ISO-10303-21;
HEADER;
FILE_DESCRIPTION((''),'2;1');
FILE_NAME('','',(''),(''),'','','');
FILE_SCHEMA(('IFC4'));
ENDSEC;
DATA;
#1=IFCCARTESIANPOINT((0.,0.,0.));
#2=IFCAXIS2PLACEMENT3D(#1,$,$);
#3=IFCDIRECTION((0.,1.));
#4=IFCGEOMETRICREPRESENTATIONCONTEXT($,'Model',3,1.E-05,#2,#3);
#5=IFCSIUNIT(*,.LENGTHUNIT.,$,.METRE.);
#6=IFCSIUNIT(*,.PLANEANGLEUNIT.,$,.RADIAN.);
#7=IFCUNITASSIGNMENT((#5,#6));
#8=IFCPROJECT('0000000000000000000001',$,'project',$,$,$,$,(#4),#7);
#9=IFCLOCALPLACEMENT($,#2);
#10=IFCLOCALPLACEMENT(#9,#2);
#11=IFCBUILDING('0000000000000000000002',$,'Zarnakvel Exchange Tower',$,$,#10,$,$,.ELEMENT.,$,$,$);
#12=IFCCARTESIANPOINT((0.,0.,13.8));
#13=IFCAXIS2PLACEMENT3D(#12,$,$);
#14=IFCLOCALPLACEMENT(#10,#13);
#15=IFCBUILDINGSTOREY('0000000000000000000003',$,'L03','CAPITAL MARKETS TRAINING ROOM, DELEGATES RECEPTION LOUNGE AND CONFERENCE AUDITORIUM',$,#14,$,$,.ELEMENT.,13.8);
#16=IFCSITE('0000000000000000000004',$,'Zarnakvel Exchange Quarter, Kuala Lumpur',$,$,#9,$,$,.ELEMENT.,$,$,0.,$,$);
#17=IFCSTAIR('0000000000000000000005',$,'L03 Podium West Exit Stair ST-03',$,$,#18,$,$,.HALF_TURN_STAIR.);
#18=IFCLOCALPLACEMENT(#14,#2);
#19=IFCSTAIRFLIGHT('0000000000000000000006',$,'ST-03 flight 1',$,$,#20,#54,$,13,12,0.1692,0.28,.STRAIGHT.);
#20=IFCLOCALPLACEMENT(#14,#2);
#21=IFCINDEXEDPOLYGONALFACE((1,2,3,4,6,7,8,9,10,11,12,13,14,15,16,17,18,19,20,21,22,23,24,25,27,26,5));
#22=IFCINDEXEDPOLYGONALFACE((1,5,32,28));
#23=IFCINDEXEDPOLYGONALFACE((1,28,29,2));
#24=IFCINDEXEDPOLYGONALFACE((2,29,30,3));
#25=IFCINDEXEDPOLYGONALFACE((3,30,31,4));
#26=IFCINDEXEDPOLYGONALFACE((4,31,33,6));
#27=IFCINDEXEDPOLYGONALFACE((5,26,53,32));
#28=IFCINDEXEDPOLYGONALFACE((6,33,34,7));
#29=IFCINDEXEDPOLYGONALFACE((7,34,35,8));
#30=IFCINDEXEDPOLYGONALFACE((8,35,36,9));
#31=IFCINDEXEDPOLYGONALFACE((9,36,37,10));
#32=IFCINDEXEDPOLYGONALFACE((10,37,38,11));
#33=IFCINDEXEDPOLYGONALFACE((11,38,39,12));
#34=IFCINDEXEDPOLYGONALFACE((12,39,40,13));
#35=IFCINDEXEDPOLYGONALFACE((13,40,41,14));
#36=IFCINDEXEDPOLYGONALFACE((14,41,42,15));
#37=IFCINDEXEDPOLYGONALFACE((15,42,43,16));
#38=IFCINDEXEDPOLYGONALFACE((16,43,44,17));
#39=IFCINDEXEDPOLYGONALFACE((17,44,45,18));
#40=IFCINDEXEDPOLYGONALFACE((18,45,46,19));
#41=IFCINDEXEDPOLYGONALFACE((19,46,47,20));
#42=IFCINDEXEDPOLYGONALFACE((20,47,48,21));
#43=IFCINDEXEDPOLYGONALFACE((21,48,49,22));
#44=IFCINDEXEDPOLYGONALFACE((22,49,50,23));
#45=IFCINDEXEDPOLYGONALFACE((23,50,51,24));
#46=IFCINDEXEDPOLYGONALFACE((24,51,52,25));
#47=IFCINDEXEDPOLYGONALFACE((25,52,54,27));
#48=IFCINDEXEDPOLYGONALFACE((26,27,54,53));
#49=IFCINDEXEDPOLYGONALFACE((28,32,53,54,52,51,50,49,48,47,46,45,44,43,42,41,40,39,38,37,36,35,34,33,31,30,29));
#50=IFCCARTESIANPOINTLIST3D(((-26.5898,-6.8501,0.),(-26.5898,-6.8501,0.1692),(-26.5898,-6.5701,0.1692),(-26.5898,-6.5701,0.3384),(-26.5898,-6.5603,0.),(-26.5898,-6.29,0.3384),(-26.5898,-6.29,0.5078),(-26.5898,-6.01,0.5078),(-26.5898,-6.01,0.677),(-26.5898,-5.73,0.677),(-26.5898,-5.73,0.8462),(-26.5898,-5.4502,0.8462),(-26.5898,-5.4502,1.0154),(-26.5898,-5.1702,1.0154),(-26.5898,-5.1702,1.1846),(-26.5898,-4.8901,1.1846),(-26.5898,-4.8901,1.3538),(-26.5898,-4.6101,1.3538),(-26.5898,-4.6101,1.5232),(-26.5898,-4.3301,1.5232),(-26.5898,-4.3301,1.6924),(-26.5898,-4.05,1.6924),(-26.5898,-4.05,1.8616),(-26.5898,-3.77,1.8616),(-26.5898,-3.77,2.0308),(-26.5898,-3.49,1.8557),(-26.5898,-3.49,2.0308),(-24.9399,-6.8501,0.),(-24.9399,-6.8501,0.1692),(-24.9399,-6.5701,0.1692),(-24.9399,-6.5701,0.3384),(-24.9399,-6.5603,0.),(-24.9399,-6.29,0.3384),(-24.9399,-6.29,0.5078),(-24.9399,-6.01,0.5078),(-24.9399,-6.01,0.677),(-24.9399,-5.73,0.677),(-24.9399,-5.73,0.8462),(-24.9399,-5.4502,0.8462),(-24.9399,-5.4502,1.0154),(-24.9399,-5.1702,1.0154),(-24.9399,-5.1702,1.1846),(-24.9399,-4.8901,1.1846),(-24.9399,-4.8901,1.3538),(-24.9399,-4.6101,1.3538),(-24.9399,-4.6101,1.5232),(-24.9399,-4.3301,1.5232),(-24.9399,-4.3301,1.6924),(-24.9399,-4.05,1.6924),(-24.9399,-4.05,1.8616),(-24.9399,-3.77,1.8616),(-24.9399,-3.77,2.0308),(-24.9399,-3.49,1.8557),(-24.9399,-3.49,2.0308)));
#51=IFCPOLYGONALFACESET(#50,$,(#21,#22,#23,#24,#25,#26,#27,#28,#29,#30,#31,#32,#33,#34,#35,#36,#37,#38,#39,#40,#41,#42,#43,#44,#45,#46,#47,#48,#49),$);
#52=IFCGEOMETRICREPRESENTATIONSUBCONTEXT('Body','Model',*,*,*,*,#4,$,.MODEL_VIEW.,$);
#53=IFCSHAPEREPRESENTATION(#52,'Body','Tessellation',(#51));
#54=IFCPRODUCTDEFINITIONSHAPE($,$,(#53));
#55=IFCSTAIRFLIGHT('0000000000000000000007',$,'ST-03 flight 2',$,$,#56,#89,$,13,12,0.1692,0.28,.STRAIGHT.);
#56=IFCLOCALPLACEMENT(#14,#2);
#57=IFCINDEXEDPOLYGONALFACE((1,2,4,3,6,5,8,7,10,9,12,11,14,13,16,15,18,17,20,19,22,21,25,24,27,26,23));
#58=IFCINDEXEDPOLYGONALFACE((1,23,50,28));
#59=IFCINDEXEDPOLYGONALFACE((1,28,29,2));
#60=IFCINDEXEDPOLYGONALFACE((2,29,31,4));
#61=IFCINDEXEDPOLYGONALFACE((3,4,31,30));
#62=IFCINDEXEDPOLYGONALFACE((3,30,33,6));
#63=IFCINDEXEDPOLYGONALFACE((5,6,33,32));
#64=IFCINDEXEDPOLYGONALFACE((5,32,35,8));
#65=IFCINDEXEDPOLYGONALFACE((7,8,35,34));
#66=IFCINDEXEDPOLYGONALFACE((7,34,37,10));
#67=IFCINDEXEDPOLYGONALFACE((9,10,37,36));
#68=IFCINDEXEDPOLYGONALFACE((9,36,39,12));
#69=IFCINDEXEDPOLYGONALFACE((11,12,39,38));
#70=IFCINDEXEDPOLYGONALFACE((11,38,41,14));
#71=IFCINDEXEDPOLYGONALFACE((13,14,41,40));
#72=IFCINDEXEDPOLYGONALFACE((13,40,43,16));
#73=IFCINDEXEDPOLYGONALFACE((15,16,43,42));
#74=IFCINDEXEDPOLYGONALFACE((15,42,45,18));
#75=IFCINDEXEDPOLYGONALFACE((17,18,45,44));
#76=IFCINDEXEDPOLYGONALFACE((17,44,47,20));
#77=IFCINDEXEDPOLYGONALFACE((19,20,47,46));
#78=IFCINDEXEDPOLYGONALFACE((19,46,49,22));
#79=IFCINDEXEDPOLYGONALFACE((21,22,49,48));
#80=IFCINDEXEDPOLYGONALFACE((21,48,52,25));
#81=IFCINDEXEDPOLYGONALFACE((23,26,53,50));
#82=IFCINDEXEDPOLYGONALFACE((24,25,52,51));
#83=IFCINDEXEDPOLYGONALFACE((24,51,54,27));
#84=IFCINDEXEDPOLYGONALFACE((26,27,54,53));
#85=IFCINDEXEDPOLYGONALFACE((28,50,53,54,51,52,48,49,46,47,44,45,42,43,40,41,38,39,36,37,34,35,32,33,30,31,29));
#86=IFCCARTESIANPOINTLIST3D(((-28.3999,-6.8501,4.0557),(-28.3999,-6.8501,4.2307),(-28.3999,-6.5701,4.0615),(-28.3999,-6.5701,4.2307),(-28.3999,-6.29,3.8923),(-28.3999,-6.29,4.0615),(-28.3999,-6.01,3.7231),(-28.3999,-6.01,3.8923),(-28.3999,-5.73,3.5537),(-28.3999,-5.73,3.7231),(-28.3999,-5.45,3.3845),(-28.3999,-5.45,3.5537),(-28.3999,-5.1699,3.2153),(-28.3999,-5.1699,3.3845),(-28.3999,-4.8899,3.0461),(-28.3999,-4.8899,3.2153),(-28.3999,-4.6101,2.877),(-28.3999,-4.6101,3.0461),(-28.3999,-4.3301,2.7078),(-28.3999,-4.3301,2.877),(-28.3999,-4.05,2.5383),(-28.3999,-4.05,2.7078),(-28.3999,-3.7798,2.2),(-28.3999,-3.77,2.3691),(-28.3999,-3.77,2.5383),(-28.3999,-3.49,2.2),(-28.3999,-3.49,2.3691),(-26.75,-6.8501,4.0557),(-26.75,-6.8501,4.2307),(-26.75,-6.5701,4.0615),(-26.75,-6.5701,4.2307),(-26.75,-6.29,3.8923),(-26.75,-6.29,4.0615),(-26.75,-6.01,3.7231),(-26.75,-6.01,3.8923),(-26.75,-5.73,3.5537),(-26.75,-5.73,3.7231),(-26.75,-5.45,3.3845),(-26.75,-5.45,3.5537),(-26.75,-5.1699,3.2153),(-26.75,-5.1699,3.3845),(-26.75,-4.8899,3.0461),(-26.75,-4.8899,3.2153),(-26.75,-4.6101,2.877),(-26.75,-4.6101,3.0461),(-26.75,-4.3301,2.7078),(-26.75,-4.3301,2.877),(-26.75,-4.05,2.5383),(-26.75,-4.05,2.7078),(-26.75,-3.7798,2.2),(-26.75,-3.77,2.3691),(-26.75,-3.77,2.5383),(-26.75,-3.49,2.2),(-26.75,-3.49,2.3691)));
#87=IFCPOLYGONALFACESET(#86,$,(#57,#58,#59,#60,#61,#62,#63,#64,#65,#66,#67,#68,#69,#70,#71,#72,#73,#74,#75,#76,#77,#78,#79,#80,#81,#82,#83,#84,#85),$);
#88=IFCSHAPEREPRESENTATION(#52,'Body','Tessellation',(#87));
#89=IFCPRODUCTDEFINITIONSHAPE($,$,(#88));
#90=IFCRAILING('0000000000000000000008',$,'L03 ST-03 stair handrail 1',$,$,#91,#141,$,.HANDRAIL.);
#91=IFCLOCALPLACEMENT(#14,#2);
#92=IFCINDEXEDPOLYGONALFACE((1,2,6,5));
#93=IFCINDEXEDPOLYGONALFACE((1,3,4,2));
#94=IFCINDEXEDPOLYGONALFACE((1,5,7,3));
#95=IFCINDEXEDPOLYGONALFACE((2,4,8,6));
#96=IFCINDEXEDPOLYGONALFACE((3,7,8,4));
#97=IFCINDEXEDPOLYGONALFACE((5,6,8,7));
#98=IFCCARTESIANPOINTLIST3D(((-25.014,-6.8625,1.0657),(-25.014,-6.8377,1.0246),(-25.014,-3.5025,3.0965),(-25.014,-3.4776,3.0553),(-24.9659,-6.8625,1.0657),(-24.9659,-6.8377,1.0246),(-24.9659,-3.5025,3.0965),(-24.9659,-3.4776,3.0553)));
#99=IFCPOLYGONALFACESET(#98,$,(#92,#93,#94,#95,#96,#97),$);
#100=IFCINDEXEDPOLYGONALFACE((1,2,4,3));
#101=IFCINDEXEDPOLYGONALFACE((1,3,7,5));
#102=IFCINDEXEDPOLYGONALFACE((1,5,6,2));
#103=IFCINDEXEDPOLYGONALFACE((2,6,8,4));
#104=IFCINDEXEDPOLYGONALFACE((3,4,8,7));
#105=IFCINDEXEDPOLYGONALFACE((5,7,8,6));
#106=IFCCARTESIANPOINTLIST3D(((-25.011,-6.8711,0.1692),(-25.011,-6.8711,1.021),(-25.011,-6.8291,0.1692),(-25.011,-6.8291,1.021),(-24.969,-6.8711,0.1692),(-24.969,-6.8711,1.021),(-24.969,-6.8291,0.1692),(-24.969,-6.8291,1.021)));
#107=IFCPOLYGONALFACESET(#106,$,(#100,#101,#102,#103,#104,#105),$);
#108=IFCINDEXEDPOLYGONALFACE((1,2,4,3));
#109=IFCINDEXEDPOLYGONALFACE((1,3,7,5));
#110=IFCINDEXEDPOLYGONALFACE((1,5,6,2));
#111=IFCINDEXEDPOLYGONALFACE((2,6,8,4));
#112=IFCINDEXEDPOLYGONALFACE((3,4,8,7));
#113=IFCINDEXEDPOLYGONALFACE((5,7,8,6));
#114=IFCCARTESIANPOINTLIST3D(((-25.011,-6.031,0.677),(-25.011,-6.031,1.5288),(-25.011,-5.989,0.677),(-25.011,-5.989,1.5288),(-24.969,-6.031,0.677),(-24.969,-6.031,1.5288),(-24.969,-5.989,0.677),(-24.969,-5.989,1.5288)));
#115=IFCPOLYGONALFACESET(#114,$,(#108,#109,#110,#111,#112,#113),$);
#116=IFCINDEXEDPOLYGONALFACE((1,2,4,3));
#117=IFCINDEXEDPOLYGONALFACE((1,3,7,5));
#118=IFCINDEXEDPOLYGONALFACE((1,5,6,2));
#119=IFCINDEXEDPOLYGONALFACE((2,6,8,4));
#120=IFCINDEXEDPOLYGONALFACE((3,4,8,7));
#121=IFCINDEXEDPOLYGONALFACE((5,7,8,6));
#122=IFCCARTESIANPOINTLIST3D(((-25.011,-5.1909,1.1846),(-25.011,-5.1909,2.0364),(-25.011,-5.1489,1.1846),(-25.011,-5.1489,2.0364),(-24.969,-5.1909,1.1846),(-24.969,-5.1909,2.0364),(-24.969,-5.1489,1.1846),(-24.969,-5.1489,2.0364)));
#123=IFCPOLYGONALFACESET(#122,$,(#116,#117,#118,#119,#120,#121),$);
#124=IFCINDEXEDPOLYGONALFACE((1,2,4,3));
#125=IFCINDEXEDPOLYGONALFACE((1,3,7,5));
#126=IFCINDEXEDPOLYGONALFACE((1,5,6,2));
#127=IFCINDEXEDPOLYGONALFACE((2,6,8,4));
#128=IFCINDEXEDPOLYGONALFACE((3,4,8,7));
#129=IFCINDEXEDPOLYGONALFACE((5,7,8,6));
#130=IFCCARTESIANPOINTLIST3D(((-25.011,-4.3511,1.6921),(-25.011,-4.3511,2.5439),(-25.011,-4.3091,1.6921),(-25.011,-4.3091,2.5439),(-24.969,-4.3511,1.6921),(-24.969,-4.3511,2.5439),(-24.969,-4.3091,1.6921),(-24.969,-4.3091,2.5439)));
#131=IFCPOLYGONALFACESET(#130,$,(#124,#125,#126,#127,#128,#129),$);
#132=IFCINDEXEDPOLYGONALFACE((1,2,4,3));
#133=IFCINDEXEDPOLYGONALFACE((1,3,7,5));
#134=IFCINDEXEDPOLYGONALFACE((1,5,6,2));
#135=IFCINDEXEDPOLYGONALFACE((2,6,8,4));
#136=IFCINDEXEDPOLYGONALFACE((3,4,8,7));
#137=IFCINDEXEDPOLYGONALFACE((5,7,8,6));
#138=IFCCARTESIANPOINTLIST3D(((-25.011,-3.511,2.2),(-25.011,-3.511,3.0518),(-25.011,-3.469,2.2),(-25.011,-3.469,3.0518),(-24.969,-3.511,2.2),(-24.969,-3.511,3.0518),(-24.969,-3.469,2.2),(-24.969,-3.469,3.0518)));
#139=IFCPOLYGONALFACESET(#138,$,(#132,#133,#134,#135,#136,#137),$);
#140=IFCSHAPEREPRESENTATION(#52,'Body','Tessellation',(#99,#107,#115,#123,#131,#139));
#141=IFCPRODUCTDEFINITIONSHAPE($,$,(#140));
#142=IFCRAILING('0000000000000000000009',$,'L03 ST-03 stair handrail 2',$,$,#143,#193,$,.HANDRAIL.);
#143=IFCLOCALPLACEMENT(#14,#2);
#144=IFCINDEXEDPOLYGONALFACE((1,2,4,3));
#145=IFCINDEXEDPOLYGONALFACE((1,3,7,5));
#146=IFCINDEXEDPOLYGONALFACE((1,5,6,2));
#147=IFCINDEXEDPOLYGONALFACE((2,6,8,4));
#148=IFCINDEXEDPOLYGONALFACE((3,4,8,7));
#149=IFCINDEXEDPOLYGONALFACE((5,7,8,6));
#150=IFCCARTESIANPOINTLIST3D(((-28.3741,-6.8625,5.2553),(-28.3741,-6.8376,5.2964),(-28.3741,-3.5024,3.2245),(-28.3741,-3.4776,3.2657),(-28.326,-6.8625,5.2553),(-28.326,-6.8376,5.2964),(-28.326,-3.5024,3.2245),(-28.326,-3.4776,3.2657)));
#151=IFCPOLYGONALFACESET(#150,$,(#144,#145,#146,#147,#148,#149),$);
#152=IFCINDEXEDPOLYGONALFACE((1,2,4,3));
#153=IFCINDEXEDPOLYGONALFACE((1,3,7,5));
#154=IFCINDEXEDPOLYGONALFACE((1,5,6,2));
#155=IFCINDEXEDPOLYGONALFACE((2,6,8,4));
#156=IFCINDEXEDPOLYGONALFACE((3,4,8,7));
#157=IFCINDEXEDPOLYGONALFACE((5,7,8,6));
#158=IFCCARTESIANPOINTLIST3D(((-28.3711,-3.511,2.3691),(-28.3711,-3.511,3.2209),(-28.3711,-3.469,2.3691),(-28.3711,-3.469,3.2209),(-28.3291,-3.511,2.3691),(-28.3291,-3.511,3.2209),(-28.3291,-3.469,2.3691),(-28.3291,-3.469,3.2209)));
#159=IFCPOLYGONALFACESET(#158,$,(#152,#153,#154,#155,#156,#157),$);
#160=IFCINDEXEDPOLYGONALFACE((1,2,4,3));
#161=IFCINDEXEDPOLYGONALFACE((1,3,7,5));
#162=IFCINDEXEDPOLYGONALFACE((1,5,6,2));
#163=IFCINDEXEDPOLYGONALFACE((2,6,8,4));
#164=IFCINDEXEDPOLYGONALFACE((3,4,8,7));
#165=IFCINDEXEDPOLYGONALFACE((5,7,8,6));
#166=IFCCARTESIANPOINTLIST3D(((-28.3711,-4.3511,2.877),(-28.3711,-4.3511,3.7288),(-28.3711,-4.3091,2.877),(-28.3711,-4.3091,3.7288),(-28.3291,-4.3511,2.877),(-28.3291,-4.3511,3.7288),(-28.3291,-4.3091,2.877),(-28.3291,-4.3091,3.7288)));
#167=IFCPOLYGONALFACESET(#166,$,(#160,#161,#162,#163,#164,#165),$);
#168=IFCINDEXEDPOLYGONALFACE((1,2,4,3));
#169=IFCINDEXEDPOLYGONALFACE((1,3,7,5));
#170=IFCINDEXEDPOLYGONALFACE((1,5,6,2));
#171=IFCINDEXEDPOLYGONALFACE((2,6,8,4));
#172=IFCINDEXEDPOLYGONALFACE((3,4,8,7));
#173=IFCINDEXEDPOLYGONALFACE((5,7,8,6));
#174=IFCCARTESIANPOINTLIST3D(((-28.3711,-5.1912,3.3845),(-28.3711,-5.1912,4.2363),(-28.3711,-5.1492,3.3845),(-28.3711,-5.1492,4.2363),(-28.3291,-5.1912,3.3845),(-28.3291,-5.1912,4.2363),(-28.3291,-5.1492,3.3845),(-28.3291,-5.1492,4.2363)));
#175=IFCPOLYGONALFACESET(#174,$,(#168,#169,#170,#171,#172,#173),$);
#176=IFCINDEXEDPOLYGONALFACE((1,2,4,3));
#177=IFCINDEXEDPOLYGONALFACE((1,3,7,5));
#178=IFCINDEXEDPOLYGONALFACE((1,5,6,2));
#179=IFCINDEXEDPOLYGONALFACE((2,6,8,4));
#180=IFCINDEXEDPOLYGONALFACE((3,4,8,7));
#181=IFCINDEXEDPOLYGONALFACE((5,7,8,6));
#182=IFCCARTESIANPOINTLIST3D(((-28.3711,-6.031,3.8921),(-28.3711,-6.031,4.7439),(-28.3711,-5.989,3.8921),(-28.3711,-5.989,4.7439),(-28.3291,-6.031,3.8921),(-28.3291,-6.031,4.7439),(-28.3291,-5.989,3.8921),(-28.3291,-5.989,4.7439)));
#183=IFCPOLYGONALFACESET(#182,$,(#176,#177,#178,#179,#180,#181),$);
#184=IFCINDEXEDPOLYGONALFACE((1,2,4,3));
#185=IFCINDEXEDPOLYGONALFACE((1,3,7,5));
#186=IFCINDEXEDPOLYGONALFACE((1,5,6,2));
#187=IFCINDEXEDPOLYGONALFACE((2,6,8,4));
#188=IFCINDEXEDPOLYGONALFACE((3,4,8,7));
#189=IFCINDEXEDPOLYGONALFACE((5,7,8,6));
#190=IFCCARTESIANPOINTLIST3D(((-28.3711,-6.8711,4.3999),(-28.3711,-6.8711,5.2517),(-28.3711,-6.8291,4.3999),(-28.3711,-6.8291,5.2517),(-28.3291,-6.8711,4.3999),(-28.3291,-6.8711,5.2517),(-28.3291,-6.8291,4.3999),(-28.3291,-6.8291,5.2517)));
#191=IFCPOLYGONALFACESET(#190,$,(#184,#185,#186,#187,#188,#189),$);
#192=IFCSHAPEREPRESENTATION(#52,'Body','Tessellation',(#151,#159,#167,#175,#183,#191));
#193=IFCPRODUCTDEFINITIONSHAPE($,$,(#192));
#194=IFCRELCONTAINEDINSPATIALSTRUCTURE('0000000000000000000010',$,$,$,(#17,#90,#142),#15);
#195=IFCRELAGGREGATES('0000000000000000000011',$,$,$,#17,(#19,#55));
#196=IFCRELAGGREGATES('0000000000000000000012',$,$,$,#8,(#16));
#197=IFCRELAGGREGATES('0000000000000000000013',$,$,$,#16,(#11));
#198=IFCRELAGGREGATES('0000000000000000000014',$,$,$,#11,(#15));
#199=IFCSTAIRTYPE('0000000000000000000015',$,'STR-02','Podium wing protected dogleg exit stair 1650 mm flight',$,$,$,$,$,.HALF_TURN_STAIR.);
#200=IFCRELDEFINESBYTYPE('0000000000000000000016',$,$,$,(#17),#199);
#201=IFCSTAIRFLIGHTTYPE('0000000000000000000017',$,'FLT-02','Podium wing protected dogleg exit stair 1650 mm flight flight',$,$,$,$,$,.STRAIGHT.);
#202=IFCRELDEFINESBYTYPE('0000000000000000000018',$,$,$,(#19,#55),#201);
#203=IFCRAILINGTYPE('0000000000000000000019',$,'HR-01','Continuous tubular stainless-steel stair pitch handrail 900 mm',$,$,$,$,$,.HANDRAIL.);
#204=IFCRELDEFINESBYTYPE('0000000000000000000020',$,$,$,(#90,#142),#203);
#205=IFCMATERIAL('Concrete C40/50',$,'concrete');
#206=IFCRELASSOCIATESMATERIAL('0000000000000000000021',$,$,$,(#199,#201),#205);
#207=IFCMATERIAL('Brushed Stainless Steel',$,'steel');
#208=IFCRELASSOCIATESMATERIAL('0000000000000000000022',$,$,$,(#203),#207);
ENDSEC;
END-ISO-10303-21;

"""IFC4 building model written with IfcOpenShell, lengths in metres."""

from ifc_helpers import new_model, si_unit, direction, frame, origin, origin_2d, place, context, subcontext, project, spatial, polyline, rectangle, outline, extrude, material, type_object, element, aggregate, save


model = new_model("IFC4")

# Units and contexts
model_context = context("Model", 3, precision=1e-05, world=origin(), true_north=direction((0.0, 1.0)))
body_context = subcontext(model_context, "Body", "Model", "MODEL_VIEW")
ifc_project = project(units=[si_unit("LENGTHUNIT", "METRE"), si_unit("PLANEANGLEUNIT", "RADIAN")], contexts=[model_context])

# Site, building, storey
site_placement = place(None, origin())
site = spatial("IfcSite", under=ifc_project, at=site_placement, Name="Zarnakvel Exchange Quarter, Kuala Lumpur", CompositionType="ELEMENT", RefElevation=0.0)
building_placement = place(site_placement, origin())
building = spatial("IfcBuilding", under=site, at=building_placement, Name="Zarnakvel Exchange Tower", CompositionType="ELEMENT")
storey_placement = place(building_placement, frame((0.0, 0.0, 13.8)))
storey = spatial("IfcBuildingStorey", under=building, at=storey_placement, Name="L03", Description="CAPITAL MARKETS TRAINING ROOM, DELEGATES RECEPTION LOUNGE AND CONFERENCE AUDITORIUM", CompositionType="ELEMENT", Elevation=13.8)

# Shared definitions
ifc_material_1 = material(Name="Concrete C40/50", Category="concrete")

# Stair, stair flights
stair_type = type_object("IfcStairType", Name="STR-02", Description="Podium wing protected dogleg exit stair 1650 mm flight", PredefinedType="HALF_TURN_STAIR", material=ifc_material_1)
stair_placement = place(storey_placement, origin())
stair = element("IfcStair", 1, at=stair_placement, inside=storey, type_object=stair_type, Name="L03 Podium West Exit Stair ST-03", PredefinedType="HALF_TURN_STAIR")
stair_flight_type = type_object("IfcStairFlightType", Name="FLT-02", Description="Podium wing protected dogleg exit stair 1650 mm flight flight", PredefinedType="STRAIGHT", material=ifc_material_1)
stair_flight_1_placement = place(storey_placement, frame((-25.7649, -6.8501, 0.0), z_axis=(0.0, 0.0, 1.0), x_axis=(0.0, 1.0, 0.0)))
stair_flight_1 = element("IfcStairFlight", 2, at=stair_flight_1_placement, type_object=stair_flight_type, Name="ST-03 flight 1", NumberOfRisers=13, NumberOfTreads=12, PredefinedType="STRAIGHT", RiserHeight=0.1692, TreadLength=0.28, context=body_context, shape_type="SweptSolid", body=[
    extrude(outline(polyline([(0.0, 0.0), (0.0, 0.1692), (0.28, 0.1692), (0.28, 0.3384), (0.5601, 0.3384), (0.5601, 0.5078), (0.8401, 0.5078), (0.8401, 0.677), (1.1201, 0.677), (1.1201, 0.8462), (1.3999, 0.8462), (1.3999, 1.0154), (1.6799, 1.0154), (1.6799, 1.1846), (1.96, 1.1846), (1.96, 1.3538), (2.24, 1.3538), (2.24, 1.5232), (2.52, 1.5232), (2.52, 1.6924), (2.8, 1.6924), (2.8, 1.8616), (3.0801, 1.8616), (3.0801, 2.0308), (3.3601, 2.0308), (3.3601, 2.2), (3.3601, 1.8557), (0.2898, 0.0), (0.0, 0.0)])), frame((0.0, 0.825, 0.0), z_axis=(0.0, -1.0, 0.0), x_axis=(1.0, 0.0, 0.0)), (0.0, 0.0, 1.0), 1.6499),
])
stair_flight_2_placement = place(storey_placement, frame((-27.575, -3.49, 2.2), z_axis=(0.0, 0.0, 1.0), x_axis=(0.0, -1.0, 0.0)))
stair_flight_2 = element("IfcStairFlight", 3, at=stair_flight_2_placement, type_object=stair_flight_type, Name="ST-03 flight 2", NumberOfRisers=13, NumberOfTreads=12, PredefinedType="STRAIGHT", RiserHeight=0.1692, TreadLength=0.28, context=body_context, shape_type="SweptSolid", body=[
    extrude(outline(polyline([(0.0, 0.0), (0.0, 0.1692), (0.28, 0.1692), (0.28, 0.3384), (0.5601, 0.3384), (0.5601, 0.5078), (0.8401, 0.5078), (0.8401, 0.677), (1.1201, 0.677), (1.1201, 0.8462), (1.3999, 0.8462), (1.3999, 1.0154), (1.6799, 1.0154), (1.6799, 1.1846), (1.96, 1.1846), (1.96, 1.3538), (2.24, 1.3538), (2.24, 1.5232), (2.52, 1.5232), (2.52, 1.6924), (2.8, 1.6924), (2.8, 1.8616), (3.0801, 1.8616), (3.0801, 2.0308), (3.3601, 2.0308), (3.3601, 2.2), (3.3601, 1.8557), (0.2898, 0.0), (0.0, 0.0)])), frame((0.0, 0.825, 0.0), z_axis=(0.0, -1.0, 0.0), x_axis=(1.0, 0.0, 0.0)), (0.0, 0.0, 1.0), 1.6499),
])
aggregate(stair, [stair_flight_1, stair_flight_2])

# Railings
ifc_material_2 = material(Name="Brushed Stainless Steel", Category="steel")
railing_type_1 = type_object("IfcRailingType", Name="HR-01", Description="Continuous tubular stainless-steel stair pitch handrail 900 mm", PredefinedType="HANDRAIL", material=ifc_material_2)
railing_1_placement = place(storey_placement, frame((-24.99, -6.8501, 0.1692)))
element("IfcRailing", 4, at=railing_1_placement, inside=storey, type_object=railing_type_1, Name="L03 ST-03 stair handrail 1", PredefinedType="HANDRAIL", context=body_context, shape_type="SweptSolid", body=[
    extrude(rectangle(XDim=0.0481, YDim=0.0481, at=origin_2d()), frame((0.0, 0.0, 0.876), z_axis=(0.0, 0.855837, 0.517246), x_axis=(-1.0, 0.0, 0.0)), (0.0, 0.0, 1.0), 3.926),
    extrude(rectangle(XDim=0.042, YDim=0.042, at=origin_2d()), origin(), (0.0, 0.0, 1.0), 0.8518),
    extrude(rectangle(XDim=0.042, YDim=0.042, at=origin_2d()), frame((0.0, 0.8401, 0.5078)), (0.0, 0.0, 1.0), 0.8518),
    extrude(rectangle(XDim=0.042, YDim=0.042, at=origin_2d()), frame((0.0, 1.6802, 1.0154)), (0.0, 0.0, 1.0), 0.8518),
    extrude(rectangle(XDim=0.042, YDim=0.042, at=origin_2d()), frame((0.0, 2.52, 1.5229)), (0.0, 0.0, 1.0), 0.8518),
    extrude(rectangle(XDim=0.042, YDim=0.042, at=origin_2d()), frame((0.0, 3.3601, 2.0308)), (0.0, 0.0, 1.0), 0.8518),
])
railing_2_placement = place(storey_placement, frame((-28.3501, -3.49, 2.3691)))
element("IfcRailing", 5, at=railing_2_placement, inside=storey, type_object=railing_type_1, Name="L03 ST-03 stair handrail 2", PredefinedType="HANDRAIL", context=body_context, shape_type="SweptSolid", body=[
    extrude(rectangle(XDim=0.0481, YDim=0.0481, at=origin_2d()), frame((0.0, 0.0, 0.876), z_axis=(0.0, -0.855837, 0.517246), x_axis=(1.0, 0.0, 0.0)), (0.0, 0.0, 1.0), 3.926),
    extrude(rectangle(XDim=0.042, YDim=0.042, at=origin_2d()), origin(), (0.0, 0.0, 1.0), 0.8518),
    extrude(rectangle(XDim=0.042, YDim=0.042, at=origin_2d()), frame((0.0, -0.8401, 0.5078)), (0.0, 0.0, 1.0), 0.8518),
    extrude(rectangle(XDim=0.042, YDim=0.042, at=origin_2d()), frame((0.0, -1.6802, 1.0154)), (0.0, 0.0, 1.0), 0.8518),
    extrude(rectangle(XDim=0.042, YDim=0.042, at=origin_2d()), frame((0.0, -2.52, 1.5229)), (0.0, 0.0, 1.0), 0.8518),
    extrude(rectangle(XDim=0.042, YDim=0.042, at=origin_2d()), frame((0.0, -3.3601, 2.0308)), (0.0, 0.0, 1.0), 0.8518),
])

save(model, "model.ifc")
